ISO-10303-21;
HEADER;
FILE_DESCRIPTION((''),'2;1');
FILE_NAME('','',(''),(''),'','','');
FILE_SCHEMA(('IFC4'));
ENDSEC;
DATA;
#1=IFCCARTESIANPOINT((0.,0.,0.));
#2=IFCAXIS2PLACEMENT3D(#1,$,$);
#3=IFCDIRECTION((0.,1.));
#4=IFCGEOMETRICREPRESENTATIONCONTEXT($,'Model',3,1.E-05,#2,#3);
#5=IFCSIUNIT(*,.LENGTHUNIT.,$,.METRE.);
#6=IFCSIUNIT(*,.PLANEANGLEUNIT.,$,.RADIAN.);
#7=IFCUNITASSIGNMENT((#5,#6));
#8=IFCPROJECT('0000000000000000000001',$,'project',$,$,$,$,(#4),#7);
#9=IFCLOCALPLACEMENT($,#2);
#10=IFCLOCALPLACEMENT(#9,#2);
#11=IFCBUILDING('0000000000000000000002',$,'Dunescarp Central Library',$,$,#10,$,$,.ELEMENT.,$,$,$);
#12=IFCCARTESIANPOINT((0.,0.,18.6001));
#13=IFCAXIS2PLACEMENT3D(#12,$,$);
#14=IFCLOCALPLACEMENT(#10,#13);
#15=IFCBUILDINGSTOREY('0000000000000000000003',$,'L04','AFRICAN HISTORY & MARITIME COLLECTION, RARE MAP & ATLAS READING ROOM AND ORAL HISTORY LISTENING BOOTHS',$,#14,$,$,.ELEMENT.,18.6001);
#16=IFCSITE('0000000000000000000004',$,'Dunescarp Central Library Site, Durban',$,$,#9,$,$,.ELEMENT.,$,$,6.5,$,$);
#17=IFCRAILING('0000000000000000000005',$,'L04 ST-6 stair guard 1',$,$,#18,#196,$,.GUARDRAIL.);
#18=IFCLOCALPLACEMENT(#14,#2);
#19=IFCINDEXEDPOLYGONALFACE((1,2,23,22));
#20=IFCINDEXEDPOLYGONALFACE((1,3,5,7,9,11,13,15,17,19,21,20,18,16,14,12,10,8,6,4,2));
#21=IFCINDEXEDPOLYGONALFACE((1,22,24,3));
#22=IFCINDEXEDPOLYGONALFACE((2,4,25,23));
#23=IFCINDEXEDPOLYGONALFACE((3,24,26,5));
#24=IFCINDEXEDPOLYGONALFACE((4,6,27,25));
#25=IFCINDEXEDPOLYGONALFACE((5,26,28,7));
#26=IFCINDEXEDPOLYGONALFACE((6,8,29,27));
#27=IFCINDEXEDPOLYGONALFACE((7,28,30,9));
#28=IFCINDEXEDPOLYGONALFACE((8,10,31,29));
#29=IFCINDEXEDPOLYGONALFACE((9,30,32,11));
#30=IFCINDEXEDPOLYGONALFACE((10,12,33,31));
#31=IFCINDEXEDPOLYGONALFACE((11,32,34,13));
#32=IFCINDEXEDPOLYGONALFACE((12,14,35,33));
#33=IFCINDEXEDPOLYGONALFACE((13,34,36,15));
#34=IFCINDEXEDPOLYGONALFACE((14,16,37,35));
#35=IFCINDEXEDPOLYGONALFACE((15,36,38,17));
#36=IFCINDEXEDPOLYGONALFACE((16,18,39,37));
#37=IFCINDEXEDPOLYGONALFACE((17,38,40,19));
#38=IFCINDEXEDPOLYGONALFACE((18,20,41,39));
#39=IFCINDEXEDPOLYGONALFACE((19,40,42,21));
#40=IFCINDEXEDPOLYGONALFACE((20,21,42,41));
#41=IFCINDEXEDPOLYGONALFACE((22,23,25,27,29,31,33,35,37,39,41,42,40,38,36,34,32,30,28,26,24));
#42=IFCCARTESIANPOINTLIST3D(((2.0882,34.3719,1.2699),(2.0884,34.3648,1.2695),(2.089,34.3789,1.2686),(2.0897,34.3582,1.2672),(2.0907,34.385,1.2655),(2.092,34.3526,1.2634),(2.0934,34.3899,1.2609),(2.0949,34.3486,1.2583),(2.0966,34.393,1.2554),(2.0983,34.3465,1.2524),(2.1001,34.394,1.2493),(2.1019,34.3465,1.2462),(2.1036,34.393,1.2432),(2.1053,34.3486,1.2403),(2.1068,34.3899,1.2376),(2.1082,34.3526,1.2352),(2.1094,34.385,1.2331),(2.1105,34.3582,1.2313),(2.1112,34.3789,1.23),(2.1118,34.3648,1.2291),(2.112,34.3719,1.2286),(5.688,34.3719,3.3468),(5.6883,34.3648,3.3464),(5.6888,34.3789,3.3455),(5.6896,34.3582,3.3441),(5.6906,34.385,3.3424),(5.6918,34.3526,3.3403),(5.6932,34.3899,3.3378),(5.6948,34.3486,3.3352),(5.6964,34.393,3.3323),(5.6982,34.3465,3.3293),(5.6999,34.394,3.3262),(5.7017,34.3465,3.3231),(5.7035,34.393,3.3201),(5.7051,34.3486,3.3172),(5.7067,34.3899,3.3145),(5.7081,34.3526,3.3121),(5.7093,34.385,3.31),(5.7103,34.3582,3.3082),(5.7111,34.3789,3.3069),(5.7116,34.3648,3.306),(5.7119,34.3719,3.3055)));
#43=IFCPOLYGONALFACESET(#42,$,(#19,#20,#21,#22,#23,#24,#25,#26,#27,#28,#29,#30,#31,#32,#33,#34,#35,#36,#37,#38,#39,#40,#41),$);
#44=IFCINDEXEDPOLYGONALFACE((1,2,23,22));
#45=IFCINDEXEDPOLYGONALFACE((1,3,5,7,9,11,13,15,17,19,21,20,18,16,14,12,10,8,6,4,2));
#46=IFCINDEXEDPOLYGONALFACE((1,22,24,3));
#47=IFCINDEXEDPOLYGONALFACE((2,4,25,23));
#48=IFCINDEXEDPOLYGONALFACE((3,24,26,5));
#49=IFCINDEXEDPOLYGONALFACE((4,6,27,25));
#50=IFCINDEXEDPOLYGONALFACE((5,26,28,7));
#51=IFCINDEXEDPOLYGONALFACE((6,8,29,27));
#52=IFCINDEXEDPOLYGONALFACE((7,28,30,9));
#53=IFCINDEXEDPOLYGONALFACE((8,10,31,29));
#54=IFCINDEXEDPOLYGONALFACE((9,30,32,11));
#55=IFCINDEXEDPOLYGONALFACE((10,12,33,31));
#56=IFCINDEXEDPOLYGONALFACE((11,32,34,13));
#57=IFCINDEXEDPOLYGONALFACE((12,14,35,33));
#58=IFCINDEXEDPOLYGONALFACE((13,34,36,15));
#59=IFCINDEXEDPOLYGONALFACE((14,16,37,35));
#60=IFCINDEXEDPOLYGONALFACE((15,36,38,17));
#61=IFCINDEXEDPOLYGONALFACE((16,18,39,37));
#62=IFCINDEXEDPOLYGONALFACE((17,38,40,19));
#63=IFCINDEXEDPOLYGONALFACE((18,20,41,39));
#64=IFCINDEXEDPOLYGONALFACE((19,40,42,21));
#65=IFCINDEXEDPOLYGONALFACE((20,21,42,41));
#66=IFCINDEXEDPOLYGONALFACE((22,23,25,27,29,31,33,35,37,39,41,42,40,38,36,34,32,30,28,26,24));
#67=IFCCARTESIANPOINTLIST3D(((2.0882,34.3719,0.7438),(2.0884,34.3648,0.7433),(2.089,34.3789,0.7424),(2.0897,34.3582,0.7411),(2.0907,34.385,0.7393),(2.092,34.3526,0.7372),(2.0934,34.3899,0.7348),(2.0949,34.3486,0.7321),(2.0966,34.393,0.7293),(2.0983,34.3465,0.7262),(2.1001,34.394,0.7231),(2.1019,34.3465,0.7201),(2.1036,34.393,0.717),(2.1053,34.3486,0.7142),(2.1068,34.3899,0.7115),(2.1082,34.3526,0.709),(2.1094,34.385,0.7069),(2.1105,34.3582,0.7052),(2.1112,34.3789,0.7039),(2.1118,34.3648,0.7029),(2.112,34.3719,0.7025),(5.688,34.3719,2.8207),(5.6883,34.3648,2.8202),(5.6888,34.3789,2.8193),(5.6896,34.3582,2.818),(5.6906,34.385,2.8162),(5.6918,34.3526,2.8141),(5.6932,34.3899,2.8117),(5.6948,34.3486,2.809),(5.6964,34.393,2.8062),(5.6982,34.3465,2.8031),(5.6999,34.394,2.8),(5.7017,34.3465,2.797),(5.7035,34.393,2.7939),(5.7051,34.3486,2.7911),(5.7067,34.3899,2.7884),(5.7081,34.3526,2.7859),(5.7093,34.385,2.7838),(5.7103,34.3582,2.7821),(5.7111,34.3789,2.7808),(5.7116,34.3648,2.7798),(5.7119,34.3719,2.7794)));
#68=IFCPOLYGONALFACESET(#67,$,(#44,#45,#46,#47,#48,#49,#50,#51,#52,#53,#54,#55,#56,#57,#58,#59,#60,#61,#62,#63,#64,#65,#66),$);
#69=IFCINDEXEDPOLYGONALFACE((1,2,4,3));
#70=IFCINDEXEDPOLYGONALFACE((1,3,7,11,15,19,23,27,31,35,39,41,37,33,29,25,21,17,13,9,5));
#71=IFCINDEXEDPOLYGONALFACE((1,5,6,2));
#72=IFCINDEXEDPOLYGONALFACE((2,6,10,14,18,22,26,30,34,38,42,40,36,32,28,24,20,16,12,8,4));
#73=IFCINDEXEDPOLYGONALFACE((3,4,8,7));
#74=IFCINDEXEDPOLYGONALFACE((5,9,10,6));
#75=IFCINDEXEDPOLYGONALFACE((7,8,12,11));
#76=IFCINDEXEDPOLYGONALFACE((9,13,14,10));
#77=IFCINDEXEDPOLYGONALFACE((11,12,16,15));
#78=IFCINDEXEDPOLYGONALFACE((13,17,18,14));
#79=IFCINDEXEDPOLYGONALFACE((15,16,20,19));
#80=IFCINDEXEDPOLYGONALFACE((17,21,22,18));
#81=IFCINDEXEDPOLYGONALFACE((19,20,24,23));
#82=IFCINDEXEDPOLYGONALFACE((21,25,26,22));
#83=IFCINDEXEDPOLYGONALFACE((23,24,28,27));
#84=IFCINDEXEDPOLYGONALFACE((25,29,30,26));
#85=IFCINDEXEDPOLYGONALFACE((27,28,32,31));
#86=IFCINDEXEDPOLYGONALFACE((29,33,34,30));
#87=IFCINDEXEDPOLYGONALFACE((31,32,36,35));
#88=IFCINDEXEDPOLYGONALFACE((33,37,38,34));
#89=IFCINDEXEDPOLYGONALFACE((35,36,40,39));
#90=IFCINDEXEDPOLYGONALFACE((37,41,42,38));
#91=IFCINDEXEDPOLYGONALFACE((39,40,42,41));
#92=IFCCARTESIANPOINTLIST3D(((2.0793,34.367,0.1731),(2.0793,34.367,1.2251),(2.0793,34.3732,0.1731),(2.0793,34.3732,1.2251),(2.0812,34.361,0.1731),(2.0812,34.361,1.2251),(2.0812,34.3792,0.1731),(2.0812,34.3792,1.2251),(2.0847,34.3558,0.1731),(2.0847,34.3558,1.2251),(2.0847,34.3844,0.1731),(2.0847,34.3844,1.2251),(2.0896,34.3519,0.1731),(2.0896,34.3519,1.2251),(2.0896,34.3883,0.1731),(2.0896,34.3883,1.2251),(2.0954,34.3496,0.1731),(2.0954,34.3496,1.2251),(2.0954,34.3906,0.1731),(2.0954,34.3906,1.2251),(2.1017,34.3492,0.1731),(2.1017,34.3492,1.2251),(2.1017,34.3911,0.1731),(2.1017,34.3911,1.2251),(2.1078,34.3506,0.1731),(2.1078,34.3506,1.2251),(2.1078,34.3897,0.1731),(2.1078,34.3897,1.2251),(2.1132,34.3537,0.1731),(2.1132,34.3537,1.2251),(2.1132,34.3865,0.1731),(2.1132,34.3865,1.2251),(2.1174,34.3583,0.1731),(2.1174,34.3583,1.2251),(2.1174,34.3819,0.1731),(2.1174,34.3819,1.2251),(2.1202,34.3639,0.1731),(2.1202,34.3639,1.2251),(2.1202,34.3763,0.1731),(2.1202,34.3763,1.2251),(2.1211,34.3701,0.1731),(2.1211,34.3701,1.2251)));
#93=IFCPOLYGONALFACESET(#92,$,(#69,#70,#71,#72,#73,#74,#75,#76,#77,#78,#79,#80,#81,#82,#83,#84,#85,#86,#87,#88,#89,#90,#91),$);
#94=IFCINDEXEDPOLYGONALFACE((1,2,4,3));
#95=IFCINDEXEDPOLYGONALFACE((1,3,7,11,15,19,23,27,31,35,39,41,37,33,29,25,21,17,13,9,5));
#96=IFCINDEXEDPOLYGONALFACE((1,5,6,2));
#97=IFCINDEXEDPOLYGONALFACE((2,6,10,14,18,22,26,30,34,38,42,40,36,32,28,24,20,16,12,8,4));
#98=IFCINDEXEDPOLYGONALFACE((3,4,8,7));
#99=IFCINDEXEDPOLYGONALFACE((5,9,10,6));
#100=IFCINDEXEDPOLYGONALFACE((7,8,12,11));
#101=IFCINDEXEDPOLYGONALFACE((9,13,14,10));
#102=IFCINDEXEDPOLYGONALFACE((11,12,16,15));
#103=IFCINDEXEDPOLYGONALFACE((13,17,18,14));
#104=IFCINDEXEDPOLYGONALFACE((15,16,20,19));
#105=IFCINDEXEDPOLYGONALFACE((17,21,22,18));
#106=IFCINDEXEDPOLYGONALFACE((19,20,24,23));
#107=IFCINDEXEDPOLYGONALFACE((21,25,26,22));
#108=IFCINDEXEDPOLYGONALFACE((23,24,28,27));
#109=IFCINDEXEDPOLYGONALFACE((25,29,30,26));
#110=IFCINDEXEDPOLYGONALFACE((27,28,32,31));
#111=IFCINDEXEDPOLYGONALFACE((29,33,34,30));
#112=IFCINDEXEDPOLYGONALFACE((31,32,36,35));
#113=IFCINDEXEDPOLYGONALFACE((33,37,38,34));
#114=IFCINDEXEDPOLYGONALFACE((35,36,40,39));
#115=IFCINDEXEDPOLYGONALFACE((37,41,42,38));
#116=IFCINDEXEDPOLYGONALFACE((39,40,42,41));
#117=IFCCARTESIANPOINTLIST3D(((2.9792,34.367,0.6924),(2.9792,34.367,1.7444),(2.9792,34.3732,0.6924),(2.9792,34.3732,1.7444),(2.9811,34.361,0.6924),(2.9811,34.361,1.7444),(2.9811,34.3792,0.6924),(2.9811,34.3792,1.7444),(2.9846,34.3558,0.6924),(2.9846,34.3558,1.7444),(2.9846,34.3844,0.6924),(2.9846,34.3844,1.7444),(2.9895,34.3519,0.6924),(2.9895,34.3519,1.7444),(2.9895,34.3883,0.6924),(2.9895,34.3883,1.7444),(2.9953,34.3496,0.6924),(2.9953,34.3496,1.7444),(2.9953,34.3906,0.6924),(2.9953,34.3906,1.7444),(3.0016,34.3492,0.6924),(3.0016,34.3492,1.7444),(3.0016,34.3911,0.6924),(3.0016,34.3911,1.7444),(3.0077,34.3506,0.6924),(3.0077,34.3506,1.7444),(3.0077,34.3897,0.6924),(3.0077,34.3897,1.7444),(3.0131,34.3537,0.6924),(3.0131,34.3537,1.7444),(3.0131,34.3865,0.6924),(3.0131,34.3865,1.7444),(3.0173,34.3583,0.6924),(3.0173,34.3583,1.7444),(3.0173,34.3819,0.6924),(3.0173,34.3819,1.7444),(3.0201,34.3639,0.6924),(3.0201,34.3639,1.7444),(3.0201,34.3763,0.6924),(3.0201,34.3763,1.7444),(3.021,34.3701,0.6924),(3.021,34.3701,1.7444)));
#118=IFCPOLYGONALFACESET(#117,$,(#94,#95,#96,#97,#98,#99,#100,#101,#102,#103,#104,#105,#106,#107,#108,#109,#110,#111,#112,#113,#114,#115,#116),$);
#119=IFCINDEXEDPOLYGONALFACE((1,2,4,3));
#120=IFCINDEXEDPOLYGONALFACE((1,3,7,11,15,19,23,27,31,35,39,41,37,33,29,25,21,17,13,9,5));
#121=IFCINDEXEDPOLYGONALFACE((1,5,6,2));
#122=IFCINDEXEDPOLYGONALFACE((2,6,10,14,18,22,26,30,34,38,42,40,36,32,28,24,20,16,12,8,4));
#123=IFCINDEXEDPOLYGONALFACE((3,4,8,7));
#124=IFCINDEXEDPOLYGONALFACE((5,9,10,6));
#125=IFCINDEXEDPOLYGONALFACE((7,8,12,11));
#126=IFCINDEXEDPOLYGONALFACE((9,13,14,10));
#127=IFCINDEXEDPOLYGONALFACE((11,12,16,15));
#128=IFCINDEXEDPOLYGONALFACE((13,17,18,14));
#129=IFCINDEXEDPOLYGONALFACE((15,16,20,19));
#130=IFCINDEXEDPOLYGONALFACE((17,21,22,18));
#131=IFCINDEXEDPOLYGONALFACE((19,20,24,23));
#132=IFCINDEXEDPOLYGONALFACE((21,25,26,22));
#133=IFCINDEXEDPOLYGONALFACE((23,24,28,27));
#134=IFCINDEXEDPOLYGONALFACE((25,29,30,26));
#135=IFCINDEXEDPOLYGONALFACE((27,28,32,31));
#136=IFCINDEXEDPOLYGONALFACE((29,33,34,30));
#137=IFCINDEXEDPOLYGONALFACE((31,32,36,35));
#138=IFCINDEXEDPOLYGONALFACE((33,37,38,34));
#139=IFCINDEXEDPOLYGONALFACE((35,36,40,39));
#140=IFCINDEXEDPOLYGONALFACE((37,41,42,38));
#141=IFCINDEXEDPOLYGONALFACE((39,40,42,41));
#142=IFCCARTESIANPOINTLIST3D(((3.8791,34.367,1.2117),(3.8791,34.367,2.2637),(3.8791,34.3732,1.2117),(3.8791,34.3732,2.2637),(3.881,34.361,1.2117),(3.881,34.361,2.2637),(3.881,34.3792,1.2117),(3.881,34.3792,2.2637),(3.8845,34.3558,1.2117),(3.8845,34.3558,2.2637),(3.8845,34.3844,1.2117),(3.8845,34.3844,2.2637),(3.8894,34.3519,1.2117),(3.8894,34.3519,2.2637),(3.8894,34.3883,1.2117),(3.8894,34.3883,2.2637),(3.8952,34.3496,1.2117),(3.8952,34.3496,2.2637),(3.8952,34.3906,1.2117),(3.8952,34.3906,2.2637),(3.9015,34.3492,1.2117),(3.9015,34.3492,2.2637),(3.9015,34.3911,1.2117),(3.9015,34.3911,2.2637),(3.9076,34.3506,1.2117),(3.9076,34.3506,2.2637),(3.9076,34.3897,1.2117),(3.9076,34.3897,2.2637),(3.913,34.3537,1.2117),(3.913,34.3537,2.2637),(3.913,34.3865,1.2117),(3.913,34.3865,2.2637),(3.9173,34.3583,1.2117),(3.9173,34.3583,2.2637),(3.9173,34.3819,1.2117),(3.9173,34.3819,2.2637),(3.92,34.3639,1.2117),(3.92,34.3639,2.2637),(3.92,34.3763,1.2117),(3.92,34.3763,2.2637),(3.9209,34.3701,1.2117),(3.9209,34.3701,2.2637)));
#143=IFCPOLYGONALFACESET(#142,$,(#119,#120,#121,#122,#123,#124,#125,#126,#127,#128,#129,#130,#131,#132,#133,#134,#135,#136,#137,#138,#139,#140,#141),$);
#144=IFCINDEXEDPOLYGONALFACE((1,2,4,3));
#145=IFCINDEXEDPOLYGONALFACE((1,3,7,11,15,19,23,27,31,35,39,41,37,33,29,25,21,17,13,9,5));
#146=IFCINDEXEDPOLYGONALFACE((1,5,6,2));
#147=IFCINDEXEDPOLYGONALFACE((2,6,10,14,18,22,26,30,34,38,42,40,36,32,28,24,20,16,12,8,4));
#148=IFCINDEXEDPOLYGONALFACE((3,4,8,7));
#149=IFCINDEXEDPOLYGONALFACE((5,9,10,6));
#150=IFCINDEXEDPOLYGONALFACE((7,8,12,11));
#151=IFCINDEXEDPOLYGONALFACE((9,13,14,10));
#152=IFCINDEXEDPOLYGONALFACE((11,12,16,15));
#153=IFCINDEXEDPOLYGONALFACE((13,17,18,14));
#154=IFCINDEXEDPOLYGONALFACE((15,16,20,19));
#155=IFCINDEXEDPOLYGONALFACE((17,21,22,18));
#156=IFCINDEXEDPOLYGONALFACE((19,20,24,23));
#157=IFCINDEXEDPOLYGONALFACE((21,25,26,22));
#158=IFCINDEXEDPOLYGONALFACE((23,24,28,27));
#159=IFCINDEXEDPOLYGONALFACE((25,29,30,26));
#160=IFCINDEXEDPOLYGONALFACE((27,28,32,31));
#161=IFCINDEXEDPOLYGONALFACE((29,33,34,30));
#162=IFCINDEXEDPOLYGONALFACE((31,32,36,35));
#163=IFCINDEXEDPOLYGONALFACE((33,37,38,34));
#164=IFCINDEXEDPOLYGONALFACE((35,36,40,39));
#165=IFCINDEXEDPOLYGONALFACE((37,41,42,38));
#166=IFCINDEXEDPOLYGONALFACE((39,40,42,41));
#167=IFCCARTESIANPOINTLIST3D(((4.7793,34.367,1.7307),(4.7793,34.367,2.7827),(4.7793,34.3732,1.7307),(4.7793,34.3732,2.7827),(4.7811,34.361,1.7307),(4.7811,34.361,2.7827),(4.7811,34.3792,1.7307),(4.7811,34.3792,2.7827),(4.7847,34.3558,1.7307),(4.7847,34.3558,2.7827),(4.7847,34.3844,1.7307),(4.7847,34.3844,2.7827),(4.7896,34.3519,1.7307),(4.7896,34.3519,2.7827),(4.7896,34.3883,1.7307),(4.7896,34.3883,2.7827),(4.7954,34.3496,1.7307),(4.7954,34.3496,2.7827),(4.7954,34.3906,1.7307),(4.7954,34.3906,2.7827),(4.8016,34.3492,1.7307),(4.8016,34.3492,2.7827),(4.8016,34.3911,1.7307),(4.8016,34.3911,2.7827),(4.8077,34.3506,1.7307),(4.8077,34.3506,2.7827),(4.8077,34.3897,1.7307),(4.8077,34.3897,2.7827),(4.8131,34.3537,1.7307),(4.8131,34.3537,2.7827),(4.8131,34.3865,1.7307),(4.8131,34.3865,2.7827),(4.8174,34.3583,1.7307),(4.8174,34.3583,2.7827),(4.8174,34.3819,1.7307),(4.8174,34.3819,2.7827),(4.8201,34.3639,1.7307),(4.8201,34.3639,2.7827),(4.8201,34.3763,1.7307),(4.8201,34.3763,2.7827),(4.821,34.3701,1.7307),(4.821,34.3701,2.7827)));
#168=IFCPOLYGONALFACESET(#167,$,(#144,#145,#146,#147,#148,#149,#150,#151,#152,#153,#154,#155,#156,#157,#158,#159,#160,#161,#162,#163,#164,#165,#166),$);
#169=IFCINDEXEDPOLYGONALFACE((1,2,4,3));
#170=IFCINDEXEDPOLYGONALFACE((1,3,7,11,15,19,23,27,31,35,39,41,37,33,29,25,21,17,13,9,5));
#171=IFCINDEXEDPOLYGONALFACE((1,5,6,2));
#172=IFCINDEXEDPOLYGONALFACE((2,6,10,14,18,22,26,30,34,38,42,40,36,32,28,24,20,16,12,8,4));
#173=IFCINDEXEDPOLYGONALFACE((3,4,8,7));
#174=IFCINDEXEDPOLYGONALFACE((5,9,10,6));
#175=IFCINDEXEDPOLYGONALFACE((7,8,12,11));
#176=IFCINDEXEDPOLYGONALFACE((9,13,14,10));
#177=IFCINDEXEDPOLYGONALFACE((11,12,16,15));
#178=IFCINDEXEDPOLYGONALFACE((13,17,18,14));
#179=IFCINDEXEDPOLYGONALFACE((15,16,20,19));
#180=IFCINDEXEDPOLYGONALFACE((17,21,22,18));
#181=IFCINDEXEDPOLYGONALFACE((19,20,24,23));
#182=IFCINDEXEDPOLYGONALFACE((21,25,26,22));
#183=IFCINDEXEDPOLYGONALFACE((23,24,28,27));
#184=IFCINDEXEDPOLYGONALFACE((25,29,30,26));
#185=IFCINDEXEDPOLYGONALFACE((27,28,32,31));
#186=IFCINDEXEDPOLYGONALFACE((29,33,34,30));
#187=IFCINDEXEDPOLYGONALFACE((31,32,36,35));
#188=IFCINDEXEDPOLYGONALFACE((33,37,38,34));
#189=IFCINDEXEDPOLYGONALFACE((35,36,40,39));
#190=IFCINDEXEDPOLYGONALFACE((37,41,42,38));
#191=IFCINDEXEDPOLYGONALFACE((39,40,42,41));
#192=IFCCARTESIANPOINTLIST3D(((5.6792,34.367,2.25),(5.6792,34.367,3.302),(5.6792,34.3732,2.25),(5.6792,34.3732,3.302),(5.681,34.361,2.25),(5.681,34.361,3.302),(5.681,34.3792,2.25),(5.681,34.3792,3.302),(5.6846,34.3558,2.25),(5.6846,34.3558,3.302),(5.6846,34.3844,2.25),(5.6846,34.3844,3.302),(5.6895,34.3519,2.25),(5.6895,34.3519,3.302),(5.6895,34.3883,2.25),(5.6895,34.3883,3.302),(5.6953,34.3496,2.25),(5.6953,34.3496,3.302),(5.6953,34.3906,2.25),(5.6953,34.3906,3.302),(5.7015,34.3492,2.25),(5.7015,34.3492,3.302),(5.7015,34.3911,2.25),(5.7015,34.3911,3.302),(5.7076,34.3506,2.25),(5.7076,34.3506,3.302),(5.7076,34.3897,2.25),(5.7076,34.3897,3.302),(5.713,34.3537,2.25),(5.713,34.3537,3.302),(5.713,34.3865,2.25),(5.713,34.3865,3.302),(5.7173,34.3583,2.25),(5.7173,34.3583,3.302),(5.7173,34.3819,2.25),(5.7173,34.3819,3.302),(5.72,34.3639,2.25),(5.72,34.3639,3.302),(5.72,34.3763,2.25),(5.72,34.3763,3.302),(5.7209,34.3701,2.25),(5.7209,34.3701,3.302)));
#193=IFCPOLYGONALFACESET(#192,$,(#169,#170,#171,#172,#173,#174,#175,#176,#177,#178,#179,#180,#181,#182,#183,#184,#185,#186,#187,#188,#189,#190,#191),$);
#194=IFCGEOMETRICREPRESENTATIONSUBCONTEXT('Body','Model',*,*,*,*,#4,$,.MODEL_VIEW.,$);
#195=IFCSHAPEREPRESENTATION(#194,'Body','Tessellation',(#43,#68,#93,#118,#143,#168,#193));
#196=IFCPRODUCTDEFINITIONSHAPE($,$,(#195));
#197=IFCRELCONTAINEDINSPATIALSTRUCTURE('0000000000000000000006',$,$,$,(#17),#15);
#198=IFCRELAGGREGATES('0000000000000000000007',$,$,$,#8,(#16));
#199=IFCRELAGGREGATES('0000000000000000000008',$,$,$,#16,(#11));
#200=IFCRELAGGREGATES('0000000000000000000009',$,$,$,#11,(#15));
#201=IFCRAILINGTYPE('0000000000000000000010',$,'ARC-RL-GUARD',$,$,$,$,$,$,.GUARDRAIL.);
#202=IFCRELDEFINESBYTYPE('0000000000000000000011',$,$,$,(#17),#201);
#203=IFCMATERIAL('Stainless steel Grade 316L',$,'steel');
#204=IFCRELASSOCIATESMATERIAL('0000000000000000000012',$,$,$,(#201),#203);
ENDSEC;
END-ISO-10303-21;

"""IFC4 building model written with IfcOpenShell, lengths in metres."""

from ifc_helpers import new_model, si_unit, direction, frame, origin, origin_2d, place, context, subcontext, project, spatial, circle, extrude, material, type_object, element, save


model = new_model("IFC4")

# Units and contexts
model_context = context("Model", 3, precision=1e-05, world=origin(), true_north=direction((0.0, 1.0)))
body_context = subcontext(model_context, "Body", "Model", "MODEL_VIEW")
ifc_project = project(units=[si_unit("LENGTHUNIT", "METRE"), si_unit("PLANEANGLEUNIT", "RADIAN")], contexts=[model_context])

# Site, building, storey
site_placement = place(None, origin())
site = spatial("IfcSite", under=ifc_project, at=site_placement, Name="Dunescarp Central Library Site, Durban", CompositionType="ELEMENT", RefElevation=6.5)
building_placement = place(site_placement, origin())
building = spatial("IfcBuilding", under=site, at=building_placement, Name="Dunescarp Central Library", CompositionType="ELEMENT")
storey_placement = place(building_placement, frame((0.0, 0.0, 18.6001)))
storey = spatial("IfcBuildingStorey", under=building, at=storey_placement, Name="L04", Description="AFRICAN HISTORY & MARITIME COLLECTION, RARE MAP & ATLAS READING ROOM AND ORAL HISTORY LISTENING BOOTHS", CompositionType="ELEMENT", Elevation=18.6001)

# Railing
ifc_material_1 = material(Name="Stainless steel Grade 316L", Category="steel")
railing_type_1 = type_object("IfcRailingType", Name="ARC-RL-GUARD", PredefinedType="GUARDRAIL", material=ifc_material_1)
railing_1_placement = place(storey_placement, frame((2.1001, 34.3701, 0.1731)))
element("IfcRailing", 1, at=railing_1_placement, inside=storey, type_object=railing_type_1, Name="L04 ST-6 stair guard 1", PredefinedType="GUARDRAIL", context=body_context, shape_type="SweptSolid", body=[
    extrude(circle(Radius=0.0239, at=origin_2d()), frame((0.0, 0.0, 1.0762), z_axis=(0.866179, 0.0, 0.499734), x_axis=(0.0, 1.0, 0.0)), (0.0, 0.0, 1.0), 4.156),
    extrude(circle(Radius=0.0239, at=origin_2d()), frame((0.0, 0.0, 0.55), z_axis=(0.866179, 0.0, 0.499734), x_axis=(0.0, 1.0, 0.0)), (0.0, 0.0, 1.0), 4.156),
    extrude(circle(Radius=0.021, at=origin_2d()), origin(), (0.0, 0.0, 1.0), 1.052),
    extrude(circle(Radius=0.021, at=origin_2d()), frame((0.8999, 0.0, 0.5193)), (0.0, 0.0, 1.0), 1.052),
    extrude(circle(Radius=0.021, at=origin_2d()), frame((1.7998, 0.0, 1.0386)), (0.0, 0.0, 1.0), 1.052),
    extrude(circle(Radius=0.021, at=origin_2d()), frame((2.7, 0.0, 1.5576)), (0.0, 0.0, 1.0), 1.052),
    extrude(circle(Radius=0.021, at=origin_2d()), frame((3.5999, 0.0, 2.0769)), (0.0, 0.0, 1.0), 1.052),
])

save(model, "model.ifc")
